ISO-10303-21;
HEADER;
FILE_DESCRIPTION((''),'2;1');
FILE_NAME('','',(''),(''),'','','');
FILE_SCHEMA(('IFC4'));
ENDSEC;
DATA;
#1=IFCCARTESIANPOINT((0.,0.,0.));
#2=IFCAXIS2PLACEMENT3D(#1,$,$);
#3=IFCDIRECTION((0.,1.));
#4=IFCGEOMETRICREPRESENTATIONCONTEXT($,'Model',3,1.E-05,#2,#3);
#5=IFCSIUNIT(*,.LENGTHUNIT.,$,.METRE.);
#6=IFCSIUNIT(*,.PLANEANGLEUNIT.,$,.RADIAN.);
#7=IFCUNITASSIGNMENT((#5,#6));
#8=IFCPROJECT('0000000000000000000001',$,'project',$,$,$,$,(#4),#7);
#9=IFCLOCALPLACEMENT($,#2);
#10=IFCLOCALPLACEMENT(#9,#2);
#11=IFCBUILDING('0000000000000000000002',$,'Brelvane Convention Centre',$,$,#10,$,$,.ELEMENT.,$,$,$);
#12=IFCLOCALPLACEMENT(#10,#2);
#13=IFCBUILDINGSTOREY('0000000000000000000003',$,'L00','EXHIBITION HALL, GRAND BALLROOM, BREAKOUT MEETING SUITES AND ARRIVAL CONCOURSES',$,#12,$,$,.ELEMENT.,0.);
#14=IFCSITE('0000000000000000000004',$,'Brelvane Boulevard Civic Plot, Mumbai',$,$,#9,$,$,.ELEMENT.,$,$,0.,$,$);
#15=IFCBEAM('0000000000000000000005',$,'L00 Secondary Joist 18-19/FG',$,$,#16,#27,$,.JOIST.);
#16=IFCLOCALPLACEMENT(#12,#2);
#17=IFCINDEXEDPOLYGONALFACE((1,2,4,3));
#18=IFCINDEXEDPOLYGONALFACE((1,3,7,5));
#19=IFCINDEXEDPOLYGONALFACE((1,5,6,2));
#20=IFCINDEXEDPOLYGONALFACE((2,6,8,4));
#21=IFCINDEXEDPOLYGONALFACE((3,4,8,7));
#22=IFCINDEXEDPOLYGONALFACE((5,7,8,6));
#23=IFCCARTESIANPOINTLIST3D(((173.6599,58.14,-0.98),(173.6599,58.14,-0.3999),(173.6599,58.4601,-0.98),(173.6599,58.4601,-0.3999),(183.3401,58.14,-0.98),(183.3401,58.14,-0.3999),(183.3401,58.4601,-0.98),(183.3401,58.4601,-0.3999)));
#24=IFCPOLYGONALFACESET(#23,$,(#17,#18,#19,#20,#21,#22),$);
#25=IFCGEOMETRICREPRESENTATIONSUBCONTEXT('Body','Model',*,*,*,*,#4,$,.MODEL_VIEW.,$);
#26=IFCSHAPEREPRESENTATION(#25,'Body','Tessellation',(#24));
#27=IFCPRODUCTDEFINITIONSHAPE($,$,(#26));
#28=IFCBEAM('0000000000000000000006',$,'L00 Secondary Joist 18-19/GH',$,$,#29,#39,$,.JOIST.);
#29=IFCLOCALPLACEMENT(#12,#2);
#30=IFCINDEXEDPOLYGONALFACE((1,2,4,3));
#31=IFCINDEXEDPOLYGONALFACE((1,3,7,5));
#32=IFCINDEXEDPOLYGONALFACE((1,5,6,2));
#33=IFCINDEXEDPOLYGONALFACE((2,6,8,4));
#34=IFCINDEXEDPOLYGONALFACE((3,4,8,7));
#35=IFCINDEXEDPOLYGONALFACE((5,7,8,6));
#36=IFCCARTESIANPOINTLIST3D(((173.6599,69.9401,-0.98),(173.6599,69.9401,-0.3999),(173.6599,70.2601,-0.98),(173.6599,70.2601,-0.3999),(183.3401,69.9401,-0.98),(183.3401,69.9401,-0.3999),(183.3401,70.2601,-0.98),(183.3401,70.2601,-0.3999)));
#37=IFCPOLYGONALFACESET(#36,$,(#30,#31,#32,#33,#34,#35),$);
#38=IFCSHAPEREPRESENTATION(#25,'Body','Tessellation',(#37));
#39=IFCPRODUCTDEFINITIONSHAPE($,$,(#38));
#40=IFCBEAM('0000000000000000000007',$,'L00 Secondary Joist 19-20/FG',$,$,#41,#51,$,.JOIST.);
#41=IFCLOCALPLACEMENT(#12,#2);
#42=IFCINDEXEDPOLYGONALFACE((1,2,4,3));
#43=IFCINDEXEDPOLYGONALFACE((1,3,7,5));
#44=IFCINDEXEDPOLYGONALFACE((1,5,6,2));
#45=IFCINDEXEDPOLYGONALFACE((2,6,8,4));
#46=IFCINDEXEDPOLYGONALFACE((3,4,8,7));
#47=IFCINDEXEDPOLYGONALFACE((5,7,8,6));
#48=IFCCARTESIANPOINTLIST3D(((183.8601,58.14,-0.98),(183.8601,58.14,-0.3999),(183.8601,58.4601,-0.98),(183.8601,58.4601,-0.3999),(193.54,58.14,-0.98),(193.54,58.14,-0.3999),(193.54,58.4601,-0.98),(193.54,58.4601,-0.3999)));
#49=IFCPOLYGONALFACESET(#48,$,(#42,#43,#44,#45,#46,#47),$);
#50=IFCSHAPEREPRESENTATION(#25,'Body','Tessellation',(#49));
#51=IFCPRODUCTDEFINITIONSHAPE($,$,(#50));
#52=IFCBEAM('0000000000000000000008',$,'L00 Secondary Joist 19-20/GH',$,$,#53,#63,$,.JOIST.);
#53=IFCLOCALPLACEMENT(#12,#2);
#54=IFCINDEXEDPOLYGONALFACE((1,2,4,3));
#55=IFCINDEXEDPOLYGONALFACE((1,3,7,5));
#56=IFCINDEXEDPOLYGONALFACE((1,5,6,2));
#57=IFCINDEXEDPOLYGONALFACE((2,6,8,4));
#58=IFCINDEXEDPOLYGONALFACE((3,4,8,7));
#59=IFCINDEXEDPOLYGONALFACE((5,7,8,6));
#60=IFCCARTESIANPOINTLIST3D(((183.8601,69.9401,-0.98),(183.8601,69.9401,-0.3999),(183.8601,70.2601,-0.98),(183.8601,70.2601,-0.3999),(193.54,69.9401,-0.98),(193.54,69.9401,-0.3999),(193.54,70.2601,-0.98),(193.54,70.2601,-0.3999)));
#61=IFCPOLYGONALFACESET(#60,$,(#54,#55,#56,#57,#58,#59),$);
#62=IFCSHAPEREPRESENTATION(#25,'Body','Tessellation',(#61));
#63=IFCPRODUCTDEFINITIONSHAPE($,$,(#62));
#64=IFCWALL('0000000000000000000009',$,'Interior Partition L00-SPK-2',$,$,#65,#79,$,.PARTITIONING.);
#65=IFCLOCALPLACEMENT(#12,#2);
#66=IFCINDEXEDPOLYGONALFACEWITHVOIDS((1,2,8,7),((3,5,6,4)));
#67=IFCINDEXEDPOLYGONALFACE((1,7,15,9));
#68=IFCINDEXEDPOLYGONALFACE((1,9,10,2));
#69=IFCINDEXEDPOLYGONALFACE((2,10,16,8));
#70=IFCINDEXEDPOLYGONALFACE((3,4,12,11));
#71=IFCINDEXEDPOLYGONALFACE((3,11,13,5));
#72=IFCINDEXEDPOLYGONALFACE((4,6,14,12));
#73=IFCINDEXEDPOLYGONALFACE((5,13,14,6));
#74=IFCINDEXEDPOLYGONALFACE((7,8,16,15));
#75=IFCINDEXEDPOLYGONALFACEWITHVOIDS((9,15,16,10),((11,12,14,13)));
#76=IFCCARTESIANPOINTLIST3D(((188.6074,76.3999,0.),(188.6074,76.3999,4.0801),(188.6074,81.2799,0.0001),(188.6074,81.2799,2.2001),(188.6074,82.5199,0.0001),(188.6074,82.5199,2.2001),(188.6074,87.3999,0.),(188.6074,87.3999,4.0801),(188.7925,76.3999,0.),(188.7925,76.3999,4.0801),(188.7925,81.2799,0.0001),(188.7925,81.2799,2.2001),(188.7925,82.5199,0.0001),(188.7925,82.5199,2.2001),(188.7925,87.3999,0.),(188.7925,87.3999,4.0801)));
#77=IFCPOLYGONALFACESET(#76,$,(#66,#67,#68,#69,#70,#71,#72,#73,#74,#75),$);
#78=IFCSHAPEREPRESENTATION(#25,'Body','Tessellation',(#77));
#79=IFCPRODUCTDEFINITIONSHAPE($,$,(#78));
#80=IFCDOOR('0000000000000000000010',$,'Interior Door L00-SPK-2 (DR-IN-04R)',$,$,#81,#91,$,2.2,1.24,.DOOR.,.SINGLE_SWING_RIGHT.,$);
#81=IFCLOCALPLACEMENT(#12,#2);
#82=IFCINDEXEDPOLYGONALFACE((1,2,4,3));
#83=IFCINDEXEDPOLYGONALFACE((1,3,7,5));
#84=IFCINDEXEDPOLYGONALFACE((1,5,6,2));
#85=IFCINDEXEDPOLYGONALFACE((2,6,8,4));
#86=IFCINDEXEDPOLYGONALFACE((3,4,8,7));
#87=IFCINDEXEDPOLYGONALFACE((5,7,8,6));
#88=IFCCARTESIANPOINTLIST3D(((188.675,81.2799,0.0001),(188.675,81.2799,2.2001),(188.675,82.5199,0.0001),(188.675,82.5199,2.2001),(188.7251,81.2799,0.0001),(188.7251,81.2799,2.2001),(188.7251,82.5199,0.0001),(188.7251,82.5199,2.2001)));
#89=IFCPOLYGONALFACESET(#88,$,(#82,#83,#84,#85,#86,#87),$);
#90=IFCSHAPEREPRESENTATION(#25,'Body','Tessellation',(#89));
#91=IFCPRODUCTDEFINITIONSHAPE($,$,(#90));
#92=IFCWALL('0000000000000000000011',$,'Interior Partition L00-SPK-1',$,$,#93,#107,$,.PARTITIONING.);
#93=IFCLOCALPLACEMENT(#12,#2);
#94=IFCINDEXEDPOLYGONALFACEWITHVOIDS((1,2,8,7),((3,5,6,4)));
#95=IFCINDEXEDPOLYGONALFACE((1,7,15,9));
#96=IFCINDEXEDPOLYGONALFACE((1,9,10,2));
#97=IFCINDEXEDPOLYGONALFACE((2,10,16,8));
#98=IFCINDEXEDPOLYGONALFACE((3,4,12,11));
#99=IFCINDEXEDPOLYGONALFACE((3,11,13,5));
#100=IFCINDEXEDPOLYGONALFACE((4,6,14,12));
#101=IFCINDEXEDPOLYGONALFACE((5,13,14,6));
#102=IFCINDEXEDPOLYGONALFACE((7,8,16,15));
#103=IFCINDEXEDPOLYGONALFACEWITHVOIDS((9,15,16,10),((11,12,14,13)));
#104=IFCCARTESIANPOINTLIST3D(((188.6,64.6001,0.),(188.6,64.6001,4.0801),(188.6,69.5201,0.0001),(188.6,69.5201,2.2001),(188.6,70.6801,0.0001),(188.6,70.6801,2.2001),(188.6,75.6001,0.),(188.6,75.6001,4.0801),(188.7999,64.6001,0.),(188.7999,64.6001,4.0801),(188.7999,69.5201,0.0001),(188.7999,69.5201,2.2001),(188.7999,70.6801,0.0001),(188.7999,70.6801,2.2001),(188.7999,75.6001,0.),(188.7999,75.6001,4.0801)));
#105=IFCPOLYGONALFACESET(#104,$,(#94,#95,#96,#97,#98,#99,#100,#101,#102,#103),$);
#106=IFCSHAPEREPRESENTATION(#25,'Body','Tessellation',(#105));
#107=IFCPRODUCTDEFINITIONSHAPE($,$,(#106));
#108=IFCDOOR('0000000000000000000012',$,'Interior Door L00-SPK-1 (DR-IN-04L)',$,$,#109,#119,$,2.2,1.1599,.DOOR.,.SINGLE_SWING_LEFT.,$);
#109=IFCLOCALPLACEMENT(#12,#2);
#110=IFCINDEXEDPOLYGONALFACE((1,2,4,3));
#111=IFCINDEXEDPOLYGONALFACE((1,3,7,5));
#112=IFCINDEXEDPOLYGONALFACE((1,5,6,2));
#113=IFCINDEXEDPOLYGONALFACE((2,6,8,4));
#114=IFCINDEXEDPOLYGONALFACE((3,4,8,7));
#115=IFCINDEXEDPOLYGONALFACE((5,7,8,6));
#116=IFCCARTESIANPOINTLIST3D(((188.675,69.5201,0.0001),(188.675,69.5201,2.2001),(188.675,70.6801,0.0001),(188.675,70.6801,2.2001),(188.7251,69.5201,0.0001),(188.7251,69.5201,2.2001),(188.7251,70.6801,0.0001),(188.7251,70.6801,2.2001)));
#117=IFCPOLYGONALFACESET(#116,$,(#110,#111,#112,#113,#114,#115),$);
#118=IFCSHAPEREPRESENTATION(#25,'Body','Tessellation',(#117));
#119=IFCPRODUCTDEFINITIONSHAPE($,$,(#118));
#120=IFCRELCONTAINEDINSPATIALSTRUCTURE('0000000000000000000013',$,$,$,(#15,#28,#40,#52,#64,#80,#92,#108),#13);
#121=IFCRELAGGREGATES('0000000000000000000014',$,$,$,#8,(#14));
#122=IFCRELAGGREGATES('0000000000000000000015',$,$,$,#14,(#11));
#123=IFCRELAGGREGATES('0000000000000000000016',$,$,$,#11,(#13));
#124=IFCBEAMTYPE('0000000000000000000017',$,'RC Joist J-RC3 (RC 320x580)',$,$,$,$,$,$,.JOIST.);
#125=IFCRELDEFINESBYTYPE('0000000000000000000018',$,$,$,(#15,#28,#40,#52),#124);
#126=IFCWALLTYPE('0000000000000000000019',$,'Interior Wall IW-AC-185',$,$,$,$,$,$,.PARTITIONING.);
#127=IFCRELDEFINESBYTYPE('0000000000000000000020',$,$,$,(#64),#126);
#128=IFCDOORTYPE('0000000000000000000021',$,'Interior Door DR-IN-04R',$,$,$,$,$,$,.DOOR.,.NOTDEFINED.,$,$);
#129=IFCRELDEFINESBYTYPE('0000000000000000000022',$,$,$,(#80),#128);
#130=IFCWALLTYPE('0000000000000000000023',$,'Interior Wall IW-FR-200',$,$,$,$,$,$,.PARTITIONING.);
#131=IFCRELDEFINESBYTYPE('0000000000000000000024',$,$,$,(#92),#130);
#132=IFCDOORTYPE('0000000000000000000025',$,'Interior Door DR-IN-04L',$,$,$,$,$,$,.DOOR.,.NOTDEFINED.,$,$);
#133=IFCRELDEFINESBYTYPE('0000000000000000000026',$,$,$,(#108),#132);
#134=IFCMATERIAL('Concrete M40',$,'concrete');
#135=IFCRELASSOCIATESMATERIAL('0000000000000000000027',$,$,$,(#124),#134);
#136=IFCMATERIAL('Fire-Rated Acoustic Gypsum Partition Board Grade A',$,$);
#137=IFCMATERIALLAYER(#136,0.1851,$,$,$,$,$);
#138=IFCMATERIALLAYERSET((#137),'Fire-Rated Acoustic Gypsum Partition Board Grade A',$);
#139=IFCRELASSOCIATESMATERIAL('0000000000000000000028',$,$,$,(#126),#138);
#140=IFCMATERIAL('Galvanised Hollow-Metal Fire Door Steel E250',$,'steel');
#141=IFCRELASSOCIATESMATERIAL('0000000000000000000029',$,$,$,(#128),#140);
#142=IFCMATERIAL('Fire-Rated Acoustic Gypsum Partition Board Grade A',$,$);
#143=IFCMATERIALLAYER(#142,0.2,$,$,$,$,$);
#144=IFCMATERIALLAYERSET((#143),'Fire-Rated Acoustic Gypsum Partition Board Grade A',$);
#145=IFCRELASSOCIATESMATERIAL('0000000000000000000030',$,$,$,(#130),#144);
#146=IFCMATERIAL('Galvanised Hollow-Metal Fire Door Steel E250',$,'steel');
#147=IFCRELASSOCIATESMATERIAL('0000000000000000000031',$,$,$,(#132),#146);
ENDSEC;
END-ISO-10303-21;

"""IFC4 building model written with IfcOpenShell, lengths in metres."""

from ifc_helpers import new_model, si_unit, direction, frame, frame_2d, origin, origin_2d, place, context, subcontext, project, spatial, rectangle, extrude, material, layer, layer_set, material_profile, profile_set, type_object, element, fill, save


model = new_model("IFC4")

# Units and contexts
model_context = context("Model", 3, precision=1e-05, world=origin(), true_north=direction((0.0, 1.0)))
body_context = subcontext(model_context, "Body", "Model", "MODEL_VIEW")
ifc_project = project(units=[si_unit("LENGTHUNIT", "METRE"), si_unit("PLANEANGLEUNIT", "RADIAN")], contexts=[model_context])

# Site, building, storey
site_placement = place(None, origin())
site = spatial("IfcSite", under=ifc_project, at=site_placement, Name="Brelvane Boulevard Civic Plot, Mumbai", CompositionType="ELEMENT", RefElevation=0.0)
building_placement = place(site_placement, origin())
building = spatial("IfcBuilding", under=site, at=building_placement, Name="Brelvane Convention Centre", CompositionType="ELEMENT")
storey_placement = place(building_placement, origin())
storey = spatial("IfcBuildingStorey", under=building, at=storey_placement, Name="L00", Description="EXHIBITION HALL, GRAND BALLROOM, BREAKOUT MEETING SUITES AND ARRIVAL CONCOURSES", CompositionType="ELEMENT", Elevation=0.0)

# Beams
ifc_material_1 = material(Name="Concrete M40", Category="concrete")
ifc_material_profile_1 = material_profile(ifc_material_1, rectangle(XDim=0.3201, YDim=0.5801, at=origin_2d()), Name="RC 320x580")
ifc_profile_set_1 = profile_set([ifc_material_profile_1], Name="Concrete M40")
beam_type_1 = type_object("IfcBeamType", Name="RC Joist J-RC3 (RC 320x580)", PredefinedType="JOIST", material=ifc_profile_set_1)
for number, where, z_axis, x_axis, name in (
    (1, (173.6599, 58.3, -0.6899), (1.0, 0.0, 0.0), (0.0, 1.0, 0.0), "L00 Secondary Joist 18-19/FG"),
    (2, (173.6599, 70.1001, -0.6899), (1.0, 0.0, 0.0), (0.0, 1.0, 0.0), "L00 Secondary Joist 18-19/GH"),
):
    element("IfcBeam", number, at=place(storey_placement, frame(where, z_axis=z_axis, x_axis=x_axis)), inside=storey, type_object=beam_type_1, Name=name, PredefinedType="JOIST", context=body_context, shape_type="SweptSolid", body=[
        extrude(rectangle(XDim=0.3201, YDim=0.5801, at=origin_2d()), origin(), (0.0, 0.0, 1.0), 9.6802),
    ])
for number, where, z_axis, x_axis, name in (
    (3, (183.8601, 58.3, -0.6899), (1.0, 0.0, 0.0), (0.0, 1.0, 0.0), "L00 Secondary Joist 19-20/FG"),
    (4, (183.8601, 70.1001, -0.6899), (1.0, 0.0, 0.0), (0.0, 1.0, 0.0), "L00 Secondary Joist 19-20/GH"),
):
    element("IfcBeam", number, at=place(storey_placement, frame(where, z_axis=z_axis, x_axis=x_axis)), inside=storey, type_object=beam_type_1, Name=name, PredefinedType="JOIST", context=body_context, shape_type="SweptSolid", body=[
        extrude(rectangle(XDim=0.3201, YDim=0.5801, at=origin_2d()), origin(), (0.0, 0.0, 1.0), 9.6799),
    ])

# Walls, openings, doors
ifc_material_2 = material(Name="Fire-Rated Acoustic Gypsum Partition Board Grade A")
ifc_layer_1 = layer(ifc_material_2, 0.1851)
ifc_layer_set_1 = layer_set([ifc_layer_1], Name="Fire-Rated Acoustic Gypsum Partition Board Grade A")
wall_type_1 = type_object("IfcWallType", Name="Interior Wall IW-AC-185", PredefinedType="PARTITIONING", material=ifc_layer_set_1)
wall_1_placement = place(storey_placement, frame((188.7, 76.3999, 0.0), z_axis=(0.0, 0.0, 1.0), x_axis=(0.0, 1.0, 0.0)))
wall_1 = element("IfcWall", 5, at=wall_1_placement, inside=storey, type_object=wall_type_1, Name="Interior Partition L00-SPK-2", PredefinedType="PARTITIONING", context=body_context, shape_type="SweptSolid", body=[
    extrude(rectangle(XDim=11.0, YDim=0.1851, at=frame_2d((5.5, 0.0))), origin(), (0.0, 0.0, 1.0), 4.0801),
])
opening_1_placement = place(wall_1_placement, frame((4.8799, 0.0, 0.0)))
opening_1 = element("IfcOpeningElement", 6, at=opening_1_placement, cuts=wall_1, PredefinedType="OPENING", context=body_context, shape_type="SweptSolid", body=[
    extrude(rectangle(XDim=1.24, YDim=2.2, at=frame_2d((0.6201, 1.1001))), frame((0.0, 0.1025, 0.0), z_axis=(0.0, -1.0, 0.0), x_axis=(1.0, 0.0, 0.0)), (0.0, 0.0, 1.0), 0.2051),
])
ifc_material_3 = material(Name="Galvanised Hollow-Metal Fire Door Steel E250", Category="steel")
door_type_1 = type_object("IfcDoorType", Name="Interior Door DR-IN-04R", OperationType="NOTDEFINED", PredefinedType="DOOR", material=ifc_material_3)
door_1_placement = place(opening_1_placement, origin())
door_1 = element("IfcDoor", 7, at=door_1_placement, inside=storey, type_object=door_type_1, Name="Interior Door L00-SPK-2 (DR-IN-04R)", OperationType="SINGLE_SWING_RIGHT", OverallHeight=2.2, OverallWidth=1.24, PredefinedType="DOOR", context=body_context, shape_type="SweptSolid", body=[
    extrude(rectangle(XDim=1.24, YDim=2.2, at=frame_2d((0.6201, 1.1001))), frame((0.0, 0.0249, 0.0), z_axis=(0.0, -1.0, 0.0), x_axis=(1.0, 0.0, 0.0)), (0.0, 0.0, 1.0), 0.05),
])
fill(opening_1, door_1)
ifc_material_4 = material(Name="Fire-Rated Acoustic Gypsum Partition Board Grade A")
ifc_layer_2 = layer(ifc_material_4, 0.2)
ifc_layer_set_2 = layer_set([ifc_layer_2], Name="Fire-Rated Acoustic Gypsum Partition Board Grade A")
wall_type_2 = type_object("IfcWallType", Name="Interior Wall IW-FR-200", PredefinedType="PARTITIONING", material=ifc_layer_set_2)
wall_2_placement = place(storey_placement, frame((188.7, 64.6001, 0.0), z_axis=(0.0, 0.0, 1.0), x_axis=(0.0, 1.0, 0.0)))
wall_2 = element("IfcWall", 8, at=wall_2_placement, inside=storey, type_object=wall_type_2, Name="Interior Partition L00-SPK-1", PredefinedType="PARTITIONING", context=body_context, shape_type="SweptSolid", body=[
    extrude(rectangle(XDim=11.0, YDim=0.2, at=frame_2d((5.5, 0.0))), origin(), (0.0, 0.0, 1.0), 4.0801),
])
opening_2_placement = place(wall_2_placement, frame((4.9199, 0.0, 0.0)))
opening_2 = element("IfcOpeningElement", 9, at=opening_2_placement, cuts=wall_2, PredefinedType="OPENING", context=body_context, shape_type="SweptSolid", body=[
    extrude(rectangle(XDim=1.1599, YDim=2.2, at=frame_2d((0.5801, 1.1001))), frame((0.0, 0.1099, 0.0), z_axis=(0.0, -1.0, 0.0), x_axis=(1.0, 0.0, 0.0)), (0.0, 0.0, 1.0), 0.22),
])
ifc_material_5 = material(Name="Galvanised Hollow-Metal Fire Door Steel E250", Category="steel")
door_type_2 = type_object("IfcDoorType", Name="Interior Door DR-IN-04L", OperationType="NOTDEFINED", PredefinedType="DOOR", material=ifc_material_5)
door_2_placement = place(opening_2_placement, origin())
door_2 = element("IfcDoor", 10, at=door_2_placement, inside=storey, type_object=door_type_2, Name="Interior Door L00-SPK-1 (DR-IN-04L)", OperationType="SINGLE_SWING_LEFT", OverallHeight=2.2, OverallWidth=1.1599, PredefinedType="DOOR", context=body_context, shape_type="SweptSolid", body=[
    extrude(rectangle(XDim=1.1599, YDim=2.2, at=frame_2d((0.5801, 1.1001))), frame((0.0, 0.0249, 0.0), z_axis=(0.0, -1.0, 0.0), x_axis=(1.0, 0.0, 0.0)), (0.0, 0.0, 1.0), 0.05),
])
fill(opening_2, door_2)

save(model, "model.ifc")
